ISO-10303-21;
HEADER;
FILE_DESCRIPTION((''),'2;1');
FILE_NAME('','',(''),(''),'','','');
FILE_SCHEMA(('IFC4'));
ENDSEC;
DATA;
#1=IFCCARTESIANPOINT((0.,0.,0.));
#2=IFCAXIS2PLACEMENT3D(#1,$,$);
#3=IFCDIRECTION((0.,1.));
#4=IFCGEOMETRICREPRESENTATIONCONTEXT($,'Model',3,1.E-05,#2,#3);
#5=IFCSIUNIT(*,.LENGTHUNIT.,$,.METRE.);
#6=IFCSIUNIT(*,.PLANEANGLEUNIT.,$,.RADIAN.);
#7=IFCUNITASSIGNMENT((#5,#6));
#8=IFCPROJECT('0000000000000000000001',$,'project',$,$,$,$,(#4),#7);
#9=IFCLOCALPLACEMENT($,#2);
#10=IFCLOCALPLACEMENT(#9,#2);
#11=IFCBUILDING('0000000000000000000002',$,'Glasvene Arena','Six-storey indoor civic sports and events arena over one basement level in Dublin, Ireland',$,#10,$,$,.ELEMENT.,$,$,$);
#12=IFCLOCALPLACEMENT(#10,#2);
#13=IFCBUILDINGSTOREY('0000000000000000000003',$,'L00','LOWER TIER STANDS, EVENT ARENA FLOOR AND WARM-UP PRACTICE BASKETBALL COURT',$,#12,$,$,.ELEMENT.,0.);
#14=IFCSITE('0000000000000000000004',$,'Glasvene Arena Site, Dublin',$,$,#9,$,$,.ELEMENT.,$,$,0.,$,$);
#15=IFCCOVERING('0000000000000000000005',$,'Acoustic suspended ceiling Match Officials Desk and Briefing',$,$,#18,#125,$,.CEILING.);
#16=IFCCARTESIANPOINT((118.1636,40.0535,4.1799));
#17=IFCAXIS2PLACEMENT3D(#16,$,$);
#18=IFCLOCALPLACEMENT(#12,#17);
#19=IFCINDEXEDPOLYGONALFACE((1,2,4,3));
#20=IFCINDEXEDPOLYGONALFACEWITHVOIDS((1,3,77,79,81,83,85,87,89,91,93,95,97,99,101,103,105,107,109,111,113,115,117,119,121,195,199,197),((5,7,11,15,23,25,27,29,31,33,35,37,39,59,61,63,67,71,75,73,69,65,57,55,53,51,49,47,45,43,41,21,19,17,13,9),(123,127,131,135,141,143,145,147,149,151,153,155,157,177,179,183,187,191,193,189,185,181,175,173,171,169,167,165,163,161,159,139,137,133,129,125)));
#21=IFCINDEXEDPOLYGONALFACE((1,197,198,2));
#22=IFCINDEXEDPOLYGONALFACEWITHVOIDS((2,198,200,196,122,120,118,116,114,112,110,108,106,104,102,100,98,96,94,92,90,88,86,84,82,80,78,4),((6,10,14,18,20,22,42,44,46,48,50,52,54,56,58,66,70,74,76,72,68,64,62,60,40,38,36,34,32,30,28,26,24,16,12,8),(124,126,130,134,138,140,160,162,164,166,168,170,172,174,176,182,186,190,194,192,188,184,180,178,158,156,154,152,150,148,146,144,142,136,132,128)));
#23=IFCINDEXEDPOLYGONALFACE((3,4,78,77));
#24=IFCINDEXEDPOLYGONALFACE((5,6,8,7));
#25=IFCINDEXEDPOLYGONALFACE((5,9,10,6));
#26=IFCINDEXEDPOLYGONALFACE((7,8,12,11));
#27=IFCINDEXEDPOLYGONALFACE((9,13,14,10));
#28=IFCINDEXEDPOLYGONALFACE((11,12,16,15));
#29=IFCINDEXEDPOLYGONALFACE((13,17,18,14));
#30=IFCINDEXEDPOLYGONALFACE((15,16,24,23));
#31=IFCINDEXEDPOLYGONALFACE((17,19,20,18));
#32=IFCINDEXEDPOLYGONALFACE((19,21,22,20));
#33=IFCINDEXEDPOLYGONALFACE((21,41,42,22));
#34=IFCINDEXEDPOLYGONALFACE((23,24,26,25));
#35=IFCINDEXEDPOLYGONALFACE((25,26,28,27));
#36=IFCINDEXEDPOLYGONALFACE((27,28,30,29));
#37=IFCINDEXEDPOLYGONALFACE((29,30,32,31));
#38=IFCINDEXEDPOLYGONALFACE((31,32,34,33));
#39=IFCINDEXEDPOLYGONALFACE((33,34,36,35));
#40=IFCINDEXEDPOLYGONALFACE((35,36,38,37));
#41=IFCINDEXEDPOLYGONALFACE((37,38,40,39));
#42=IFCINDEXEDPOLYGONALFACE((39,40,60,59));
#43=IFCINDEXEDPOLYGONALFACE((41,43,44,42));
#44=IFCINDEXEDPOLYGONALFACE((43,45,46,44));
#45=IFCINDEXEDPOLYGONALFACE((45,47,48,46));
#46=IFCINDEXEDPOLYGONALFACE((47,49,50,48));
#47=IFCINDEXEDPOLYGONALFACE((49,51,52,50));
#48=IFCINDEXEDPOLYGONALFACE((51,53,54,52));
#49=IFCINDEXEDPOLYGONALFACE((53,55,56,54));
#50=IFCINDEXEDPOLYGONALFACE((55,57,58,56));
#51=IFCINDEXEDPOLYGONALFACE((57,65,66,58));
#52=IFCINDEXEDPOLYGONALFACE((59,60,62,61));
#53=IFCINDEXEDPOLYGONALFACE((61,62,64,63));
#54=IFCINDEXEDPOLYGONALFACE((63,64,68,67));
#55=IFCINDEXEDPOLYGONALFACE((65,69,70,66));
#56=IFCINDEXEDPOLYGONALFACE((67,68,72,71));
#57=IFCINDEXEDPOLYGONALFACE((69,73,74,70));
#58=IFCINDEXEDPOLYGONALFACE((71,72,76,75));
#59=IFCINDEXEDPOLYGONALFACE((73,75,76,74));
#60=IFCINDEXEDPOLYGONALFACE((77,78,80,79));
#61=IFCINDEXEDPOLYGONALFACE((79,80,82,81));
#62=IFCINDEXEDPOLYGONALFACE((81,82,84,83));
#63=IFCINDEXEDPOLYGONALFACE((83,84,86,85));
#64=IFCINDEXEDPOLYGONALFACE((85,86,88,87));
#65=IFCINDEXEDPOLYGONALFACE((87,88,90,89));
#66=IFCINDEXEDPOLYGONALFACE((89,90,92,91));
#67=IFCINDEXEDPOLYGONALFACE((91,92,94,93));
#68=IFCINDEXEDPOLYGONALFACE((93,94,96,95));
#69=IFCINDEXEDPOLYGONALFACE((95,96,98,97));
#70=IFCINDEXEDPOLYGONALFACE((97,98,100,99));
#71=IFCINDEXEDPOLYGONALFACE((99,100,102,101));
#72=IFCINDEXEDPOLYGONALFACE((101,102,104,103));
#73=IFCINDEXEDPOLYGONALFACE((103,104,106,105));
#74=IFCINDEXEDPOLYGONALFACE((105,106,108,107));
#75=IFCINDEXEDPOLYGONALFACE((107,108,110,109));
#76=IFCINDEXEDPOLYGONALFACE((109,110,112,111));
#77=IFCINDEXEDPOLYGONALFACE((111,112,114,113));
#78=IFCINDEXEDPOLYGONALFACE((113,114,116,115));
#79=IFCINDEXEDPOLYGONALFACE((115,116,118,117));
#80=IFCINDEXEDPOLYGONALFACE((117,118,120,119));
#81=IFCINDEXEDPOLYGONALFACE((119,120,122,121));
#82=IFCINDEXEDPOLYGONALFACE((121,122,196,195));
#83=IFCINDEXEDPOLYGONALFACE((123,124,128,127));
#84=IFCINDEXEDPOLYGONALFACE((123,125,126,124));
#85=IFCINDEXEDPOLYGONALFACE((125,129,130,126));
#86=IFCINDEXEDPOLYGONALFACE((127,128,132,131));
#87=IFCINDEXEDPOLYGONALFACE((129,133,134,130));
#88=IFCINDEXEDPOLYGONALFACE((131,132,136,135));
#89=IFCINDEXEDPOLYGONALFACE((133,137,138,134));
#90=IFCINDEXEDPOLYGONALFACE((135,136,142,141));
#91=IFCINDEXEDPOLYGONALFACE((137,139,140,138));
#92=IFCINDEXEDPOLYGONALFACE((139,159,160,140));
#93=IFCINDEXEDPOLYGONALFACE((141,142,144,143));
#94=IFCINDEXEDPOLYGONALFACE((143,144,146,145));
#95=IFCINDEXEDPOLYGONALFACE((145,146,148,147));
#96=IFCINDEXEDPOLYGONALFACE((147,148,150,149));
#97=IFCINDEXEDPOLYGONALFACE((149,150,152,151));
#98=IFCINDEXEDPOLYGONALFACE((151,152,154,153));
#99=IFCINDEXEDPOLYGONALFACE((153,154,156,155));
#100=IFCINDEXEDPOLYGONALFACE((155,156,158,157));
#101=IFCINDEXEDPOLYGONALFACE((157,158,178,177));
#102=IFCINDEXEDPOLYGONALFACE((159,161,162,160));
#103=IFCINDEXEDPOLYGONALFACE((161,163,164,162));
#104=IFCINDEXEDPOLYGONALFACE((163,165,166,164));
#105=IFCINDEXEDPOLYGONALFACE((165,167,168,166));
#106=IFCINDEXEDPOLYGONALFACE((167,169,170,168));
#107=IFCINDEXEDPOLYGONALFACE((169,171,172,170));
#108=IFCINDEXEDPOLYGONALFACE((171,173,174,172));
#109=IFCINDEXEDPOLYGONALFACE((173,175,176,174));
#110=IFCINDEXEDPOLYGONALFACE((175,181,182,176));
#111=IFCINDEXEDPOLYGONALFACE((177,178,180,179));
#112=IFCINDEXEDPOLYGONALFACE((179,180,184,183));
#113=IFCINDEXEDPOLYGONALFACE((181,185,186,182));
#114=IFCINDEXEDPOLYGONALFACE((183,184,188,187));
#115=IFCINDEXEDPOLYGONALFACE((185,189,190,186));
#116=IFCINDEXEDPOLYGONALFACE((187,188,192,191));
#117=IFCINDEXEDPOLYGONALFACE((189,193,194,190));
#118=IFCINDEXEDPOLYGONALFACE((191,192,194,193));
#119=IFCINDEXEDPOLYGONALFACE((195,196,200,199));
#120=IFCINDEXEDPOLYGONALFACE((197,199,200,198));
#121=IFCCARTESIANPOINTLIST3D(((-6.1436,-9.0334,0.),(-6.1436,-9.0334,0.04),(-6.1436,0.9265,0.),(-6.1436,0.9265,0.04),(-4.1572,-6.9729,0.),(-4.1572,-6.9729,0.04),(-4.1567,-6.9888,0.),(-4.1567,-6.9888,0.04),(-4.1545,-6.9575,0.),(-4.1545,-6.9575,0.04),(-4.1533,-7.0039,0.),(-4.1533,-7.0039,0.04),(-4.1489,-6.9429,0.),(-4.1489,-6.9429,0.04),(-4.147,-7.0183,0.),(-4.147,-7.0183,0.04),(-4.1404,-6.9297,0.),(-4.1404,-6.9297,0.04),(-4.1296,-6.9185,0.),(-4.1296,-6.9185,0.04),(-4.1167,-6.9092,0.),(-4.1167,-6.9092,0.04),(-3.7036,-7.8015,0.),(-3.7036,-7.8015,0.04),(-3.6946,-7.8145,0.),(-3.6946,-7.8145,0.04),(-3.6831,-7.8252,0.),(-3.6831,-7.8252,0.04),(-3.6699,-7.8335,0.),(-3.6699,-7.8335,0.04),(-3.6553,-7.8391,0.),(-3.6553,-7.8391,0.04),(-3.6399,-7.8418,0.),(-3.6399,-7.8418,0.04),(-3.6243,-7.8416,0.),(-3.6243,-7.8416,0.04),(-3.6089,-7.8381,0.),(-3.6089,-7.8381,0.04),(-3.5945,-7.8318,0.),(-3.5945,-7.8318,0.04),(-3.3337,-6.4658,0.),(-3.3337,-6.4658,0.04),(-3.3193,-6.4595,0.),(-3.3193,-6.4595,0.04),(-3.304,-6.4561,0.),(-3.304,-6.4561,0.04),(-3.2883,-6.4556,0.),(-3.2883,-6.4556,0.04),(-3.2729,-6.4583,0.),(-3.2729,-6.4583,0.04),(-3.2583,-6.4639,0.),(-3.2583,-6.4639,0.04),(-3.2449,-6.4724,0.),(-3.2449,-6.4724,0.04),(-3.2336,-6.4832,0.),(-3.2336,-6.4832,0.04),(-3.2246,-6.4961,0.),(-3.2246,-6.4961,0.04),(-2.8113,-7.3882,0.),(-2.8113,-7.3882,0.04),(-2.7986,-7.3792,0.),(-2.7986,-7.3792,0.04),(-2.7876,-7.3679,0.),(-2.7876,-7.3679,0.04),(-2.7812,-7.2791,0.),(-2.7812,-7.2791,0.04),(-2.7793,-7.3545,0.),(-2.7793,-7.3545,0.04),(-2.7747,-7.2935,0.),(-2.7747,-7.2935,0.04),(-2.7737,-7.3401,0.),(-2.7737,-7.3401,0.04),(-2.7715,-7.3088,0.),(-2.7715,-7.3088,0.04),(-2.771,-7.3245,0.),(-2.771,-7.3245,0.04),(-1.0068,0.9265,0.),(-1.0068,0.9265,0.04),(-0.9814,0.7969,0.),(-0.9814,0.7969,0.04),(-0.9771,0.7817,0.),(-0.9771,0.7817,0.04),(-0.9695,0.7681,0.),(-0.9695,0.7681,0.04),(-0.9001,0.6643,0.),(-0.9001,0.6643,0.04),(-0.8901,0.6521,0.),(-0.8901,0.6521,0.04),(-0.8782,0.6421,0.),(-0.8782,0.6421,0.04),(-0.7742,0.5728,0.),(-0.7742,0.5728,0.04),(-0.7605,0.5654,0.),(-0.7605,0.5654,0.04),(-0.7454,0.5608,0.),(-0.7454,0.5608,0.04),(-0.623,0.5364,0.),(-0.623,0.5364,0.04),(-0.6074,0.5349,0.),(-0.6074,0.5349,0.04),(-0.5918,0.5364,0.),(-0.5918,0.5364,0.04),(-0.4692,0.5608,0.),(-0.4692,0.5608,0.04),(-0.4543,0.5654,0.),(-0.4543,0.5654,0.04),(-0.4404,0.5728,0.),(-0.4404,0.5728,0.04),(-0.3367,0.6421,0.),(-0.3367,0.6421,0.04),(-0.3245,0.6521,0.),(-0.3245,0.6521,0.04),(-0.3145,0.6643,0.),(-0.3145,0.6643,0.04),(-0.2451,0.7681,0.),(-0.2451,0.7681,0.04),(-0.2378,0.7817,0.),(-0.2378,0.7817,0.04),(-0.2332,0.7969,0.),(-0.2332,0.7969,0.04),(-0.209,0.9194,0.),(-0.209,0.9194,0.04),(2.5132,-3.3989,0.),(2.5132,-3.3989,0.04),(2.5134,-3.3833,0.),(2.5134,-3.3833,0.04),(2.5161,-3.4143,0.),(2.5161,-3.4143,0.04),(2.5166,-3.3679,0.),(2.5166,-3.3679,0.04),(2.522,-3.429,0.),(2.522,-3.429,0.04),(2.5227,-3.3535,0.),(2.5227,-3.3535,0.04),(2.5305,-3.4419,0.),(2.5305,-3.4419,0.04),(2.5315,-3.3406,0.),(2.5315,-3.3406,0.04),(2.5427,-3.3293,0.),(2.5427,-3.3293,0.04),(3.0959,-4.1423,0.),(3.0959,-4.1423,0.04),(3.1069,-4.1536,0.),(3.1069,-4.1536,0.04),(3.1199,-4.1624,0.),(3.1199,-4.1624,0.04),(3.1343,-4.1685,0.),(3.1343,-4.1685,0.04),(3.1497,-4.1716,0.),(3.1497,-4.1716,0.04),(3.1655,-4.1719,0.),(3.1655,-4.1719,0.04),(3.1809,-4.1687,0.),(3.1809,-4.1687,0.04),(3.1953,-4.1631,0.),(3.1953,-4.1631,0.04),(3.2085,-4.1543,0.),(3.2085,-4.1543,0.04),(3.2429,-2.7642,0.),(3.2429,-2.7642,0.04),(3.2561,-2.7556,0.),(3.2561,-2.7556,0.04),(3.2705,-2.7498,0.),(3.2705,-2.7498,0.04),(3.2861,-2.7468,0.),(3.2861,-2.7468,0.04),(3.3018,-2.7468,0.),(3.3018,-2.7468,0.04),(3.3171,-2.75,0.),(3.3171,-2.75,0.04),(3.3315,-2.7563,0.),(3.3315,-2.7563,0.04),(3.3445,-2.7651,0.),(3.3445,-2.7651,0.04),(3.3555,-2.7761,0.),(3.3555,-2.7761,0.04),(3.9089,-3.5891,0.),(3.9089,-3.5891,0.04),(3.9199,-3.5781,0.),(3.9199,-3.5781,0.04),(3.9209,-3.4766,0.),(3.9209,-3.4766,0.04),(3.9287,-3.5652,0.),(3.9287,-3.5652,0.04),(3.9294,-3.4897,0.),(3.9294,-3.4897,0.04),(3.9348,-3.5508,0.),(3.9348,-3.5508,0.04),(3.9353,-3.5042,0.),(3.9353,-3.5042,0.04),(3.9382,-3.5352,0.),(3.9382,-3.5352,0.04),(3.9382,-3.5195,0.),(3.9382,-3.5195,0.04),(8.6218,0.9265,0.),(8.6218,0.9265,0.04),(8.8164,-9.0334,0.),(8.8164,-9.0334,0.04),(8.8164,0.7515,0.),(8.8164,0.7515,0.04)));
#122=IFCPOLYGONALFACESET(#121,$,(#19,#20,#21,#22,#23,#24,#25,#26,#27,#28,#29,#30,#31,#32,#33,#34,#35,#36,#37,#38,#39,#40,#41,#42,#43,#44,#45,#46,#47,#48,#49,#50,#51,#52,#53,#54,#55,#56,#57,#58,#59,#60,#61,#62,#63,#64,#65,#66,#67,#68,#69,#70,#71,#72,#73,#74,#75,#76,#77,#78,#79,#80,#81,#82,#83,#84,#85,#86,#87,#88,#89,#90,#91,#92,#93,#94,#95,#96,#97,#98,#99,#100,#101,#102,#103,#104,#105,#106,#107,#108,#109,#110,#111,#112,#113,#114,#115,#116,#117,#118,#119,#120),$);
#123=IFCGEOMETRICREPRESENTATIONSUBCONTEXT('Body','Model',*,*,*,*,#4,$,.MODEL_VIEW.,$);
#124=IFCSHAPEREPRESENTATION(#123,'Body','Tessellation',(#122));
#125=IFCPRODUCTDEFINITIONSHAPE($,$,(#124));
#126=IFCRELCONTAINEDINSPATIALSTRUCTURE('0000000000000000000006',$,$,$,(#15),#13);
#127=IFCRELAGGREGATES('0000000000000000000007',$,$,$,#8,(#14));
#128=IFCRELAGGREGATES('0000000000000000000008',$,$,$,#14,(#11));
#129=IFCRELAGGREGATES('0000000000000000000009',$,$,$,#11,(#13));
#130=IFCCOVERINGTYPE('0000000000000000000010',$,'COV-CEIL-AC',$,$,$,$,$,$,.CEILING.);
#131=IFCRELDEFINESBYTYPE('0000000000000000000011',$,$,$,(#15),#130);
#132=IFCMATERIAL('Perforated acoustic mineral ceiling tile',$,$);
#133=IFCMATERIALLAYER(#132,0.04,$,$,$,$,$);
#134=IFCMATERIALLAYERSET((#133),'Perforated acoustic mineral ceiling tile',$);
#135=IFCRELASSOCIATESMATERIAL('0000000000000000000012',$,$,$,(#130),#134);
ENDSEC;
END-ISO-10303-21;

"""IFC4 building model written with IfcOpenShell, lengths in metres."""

from ifc_helpers import new_model, si_unit, direction, frame, origin, place, context, subcontext, project, spatial, polyline, outline, extrude, material, layer, layer_set, type_object, element, save


model = new_model("IFC4")

# Units and contexts
model_context = context("Model", 3, precision=1e-05, world=origin(), true_north=direction((0.0, 1.0)))
body_context = subcontext(model_context, "Body", "Model", "MODEL_VIEW")
ifc_project = project(units=[si_unit("LENGTHUNIT", "METRE"), si_unit("PLANEANGLEUNIT", "RADIAN")], contexts=[model_context])

# Site, building, storey
site_placement = place(None, origin())
site = spatial("IfcSite", under=ifc_project, at=site_placement, Name="Glasvene Arena Site, Dublin", CompositionType="ELEMENT", RefElevation=0.0)
building_placement = place(site_placement, origin())
building = spatial("IfcBuilding", under=site, at=building_placement, Name="Glasvene Arena", Description="Six-storey indoor civic sports and events arena over one basement level in Dublin, Ireland", CompositionType="ELEMENT")
storey_placement = place(building_placement, origin())
storey = spatial("IfcBuildingStorey", under=building, at=storey_placement, Name="L00", Description="LOWER TIER STANDS, EVENT ARENA FLOOR AND WARM-UP PRACTICE BASKETBALL COURT", CompositionType="ELEMENT", Elevation=0.0)

# Covering
ifc_material_1 = material(Name="Perforated acoustic mineral ceiling tile")
ifc_layer_1 = layer(ifc_material_1, 0.04)
ifc_layer_set_1 = layer_set([ifc_layer_1], Name="Perforated acoustic mineral ceiling tile")
covering_type = type_object("IfcCoveringType", Name="COV-CEIL-AC", PredefinedType="CEILING", material=ifc_layer_set_1)
covering_placement = place(storey_placement, frame((118.1636, 40.0535, 4.1799)))
element("IfcCovering", 1, at=covering_placement, inside=storey, type_object=covering_type, Name="Acoustic suspended ceiling Match Officials Desk and Briefing", PredefinedType="CEILING", context=body_context, shape_type="SweptSolid", body=[
    extrude(outline(polyline([(-1.0068, 0.9265), (-0.9814, 0.7969), (-0.9771, 0.7817), (-0.9695, 0.7681), (-0.9001, 0.6643), (-0.8901, 0.6521), (-0.8782, 0.6421), (-0.7742, 0.5728), (-0.7605, 0.5654), (-0.7454, 0.5608), (-0.623, 0.5364), (-0.6074, 0.5349), (-0.5918, 0.5364), (-0.4692, 0.5608), (-0.4543, 0.5654), (-0.4404, 0.5728), (-0.3367, 0.6421), (-0.3245, 0.6521), (-0.3145, 0.6643), (-0.2451, 0.7681), (-0.2378, 0.7817), (-0.2332, 0.7969), (-0.209, 0.9194), (8.6218, 0.9265), (8.8164, 0.7515), (8.8164, -9.0334), (-6.1436, -9.0334), (-6.1436, 0.9265), (-1.0068, 0.9265)]), holes=[polyline([(-4.1572, -6.9729), (-4.1567, -6.9888), (-4.1533, -7.0039), (-4.147, -7.0183), (-3.7036, -7.8015), (-3.6946, -7.8145), (-3.6831, -7.8252), (-3.6699, -7.8335), (-3.6553, -7.8391), (-3.6399, -7.8418), (-3.6243, -7.8416), (-3.6089, -7.8381), (-3.5945, -7.8318), (-2.8113, -7.3882), (-2.7986, -7.3792), (-2.7876, -7.3679), (-2.7793, -7.3545), (-2.7737, -7.3401), (-2.771, -7.3245), (-2.7715, -7.3088), (-2.7747, -7.2935), (-2.7812, -7.2791), (-3.2246, -6.4961), (-3.2336, -6.4832), (-3.2449, -6.4724), (-3.2583, -6.4639), (-3.2729, -6.4583), (-3.2883, -6.4556), (-3.304, -6.4561), (-3.3193, -6.4595), (-3.3337, -6.4658), (-4.1167, -6.9092), (-4.1296, -6.9185), (-4.1404, -6.9297), (-4.1489, -6.9429), (-4.1545, -6.9575), (-4.1572, -6.9729)]), polyline([(2.5132, -3.3989), (2.5161, -3.4143), (2.522, -3.429), (2.5305, -3.4419), (3.0959, -4.1423), (3.1069, -4.1536), (3.1199, -4.1624), (3.1343, -4.1685), (3.1497, -4.1716), (3.1655, -4.1719), (3.1809, -4.1687), (3.1953, -4.1631), (3.2085, -4.1543), (3.9089, -3.5891), (3.9199, -3.5781), (3.9287, -3.5652), (3.9348, -3.5508), (3.9382, -3.5352), (3.9382, -3.5195), (3.9353, -3.5042), (3.9294, -3.4897), (3.9209, -3.4766), (3.3555, -2.7761), (3.3445, -2.7651), (3.3315, -2.7563), (3.3171, -2.75), (3.3018, -2.7468), (3.2861, -2.7468), (3.2705, -2.7498), (3.2561, -2.7556), (3.2429, -2.7642), (2.5427, -3.3293), (2.5315, -3.3406), (2.5227, -3.3535), (2.5166, -3.3679), (2.5134, -3.3833), (2.5132, -3.3989)])]), origin(), (0.0, 0.0, 1.0), 0.04),
])

save(model, "model.ifc")
